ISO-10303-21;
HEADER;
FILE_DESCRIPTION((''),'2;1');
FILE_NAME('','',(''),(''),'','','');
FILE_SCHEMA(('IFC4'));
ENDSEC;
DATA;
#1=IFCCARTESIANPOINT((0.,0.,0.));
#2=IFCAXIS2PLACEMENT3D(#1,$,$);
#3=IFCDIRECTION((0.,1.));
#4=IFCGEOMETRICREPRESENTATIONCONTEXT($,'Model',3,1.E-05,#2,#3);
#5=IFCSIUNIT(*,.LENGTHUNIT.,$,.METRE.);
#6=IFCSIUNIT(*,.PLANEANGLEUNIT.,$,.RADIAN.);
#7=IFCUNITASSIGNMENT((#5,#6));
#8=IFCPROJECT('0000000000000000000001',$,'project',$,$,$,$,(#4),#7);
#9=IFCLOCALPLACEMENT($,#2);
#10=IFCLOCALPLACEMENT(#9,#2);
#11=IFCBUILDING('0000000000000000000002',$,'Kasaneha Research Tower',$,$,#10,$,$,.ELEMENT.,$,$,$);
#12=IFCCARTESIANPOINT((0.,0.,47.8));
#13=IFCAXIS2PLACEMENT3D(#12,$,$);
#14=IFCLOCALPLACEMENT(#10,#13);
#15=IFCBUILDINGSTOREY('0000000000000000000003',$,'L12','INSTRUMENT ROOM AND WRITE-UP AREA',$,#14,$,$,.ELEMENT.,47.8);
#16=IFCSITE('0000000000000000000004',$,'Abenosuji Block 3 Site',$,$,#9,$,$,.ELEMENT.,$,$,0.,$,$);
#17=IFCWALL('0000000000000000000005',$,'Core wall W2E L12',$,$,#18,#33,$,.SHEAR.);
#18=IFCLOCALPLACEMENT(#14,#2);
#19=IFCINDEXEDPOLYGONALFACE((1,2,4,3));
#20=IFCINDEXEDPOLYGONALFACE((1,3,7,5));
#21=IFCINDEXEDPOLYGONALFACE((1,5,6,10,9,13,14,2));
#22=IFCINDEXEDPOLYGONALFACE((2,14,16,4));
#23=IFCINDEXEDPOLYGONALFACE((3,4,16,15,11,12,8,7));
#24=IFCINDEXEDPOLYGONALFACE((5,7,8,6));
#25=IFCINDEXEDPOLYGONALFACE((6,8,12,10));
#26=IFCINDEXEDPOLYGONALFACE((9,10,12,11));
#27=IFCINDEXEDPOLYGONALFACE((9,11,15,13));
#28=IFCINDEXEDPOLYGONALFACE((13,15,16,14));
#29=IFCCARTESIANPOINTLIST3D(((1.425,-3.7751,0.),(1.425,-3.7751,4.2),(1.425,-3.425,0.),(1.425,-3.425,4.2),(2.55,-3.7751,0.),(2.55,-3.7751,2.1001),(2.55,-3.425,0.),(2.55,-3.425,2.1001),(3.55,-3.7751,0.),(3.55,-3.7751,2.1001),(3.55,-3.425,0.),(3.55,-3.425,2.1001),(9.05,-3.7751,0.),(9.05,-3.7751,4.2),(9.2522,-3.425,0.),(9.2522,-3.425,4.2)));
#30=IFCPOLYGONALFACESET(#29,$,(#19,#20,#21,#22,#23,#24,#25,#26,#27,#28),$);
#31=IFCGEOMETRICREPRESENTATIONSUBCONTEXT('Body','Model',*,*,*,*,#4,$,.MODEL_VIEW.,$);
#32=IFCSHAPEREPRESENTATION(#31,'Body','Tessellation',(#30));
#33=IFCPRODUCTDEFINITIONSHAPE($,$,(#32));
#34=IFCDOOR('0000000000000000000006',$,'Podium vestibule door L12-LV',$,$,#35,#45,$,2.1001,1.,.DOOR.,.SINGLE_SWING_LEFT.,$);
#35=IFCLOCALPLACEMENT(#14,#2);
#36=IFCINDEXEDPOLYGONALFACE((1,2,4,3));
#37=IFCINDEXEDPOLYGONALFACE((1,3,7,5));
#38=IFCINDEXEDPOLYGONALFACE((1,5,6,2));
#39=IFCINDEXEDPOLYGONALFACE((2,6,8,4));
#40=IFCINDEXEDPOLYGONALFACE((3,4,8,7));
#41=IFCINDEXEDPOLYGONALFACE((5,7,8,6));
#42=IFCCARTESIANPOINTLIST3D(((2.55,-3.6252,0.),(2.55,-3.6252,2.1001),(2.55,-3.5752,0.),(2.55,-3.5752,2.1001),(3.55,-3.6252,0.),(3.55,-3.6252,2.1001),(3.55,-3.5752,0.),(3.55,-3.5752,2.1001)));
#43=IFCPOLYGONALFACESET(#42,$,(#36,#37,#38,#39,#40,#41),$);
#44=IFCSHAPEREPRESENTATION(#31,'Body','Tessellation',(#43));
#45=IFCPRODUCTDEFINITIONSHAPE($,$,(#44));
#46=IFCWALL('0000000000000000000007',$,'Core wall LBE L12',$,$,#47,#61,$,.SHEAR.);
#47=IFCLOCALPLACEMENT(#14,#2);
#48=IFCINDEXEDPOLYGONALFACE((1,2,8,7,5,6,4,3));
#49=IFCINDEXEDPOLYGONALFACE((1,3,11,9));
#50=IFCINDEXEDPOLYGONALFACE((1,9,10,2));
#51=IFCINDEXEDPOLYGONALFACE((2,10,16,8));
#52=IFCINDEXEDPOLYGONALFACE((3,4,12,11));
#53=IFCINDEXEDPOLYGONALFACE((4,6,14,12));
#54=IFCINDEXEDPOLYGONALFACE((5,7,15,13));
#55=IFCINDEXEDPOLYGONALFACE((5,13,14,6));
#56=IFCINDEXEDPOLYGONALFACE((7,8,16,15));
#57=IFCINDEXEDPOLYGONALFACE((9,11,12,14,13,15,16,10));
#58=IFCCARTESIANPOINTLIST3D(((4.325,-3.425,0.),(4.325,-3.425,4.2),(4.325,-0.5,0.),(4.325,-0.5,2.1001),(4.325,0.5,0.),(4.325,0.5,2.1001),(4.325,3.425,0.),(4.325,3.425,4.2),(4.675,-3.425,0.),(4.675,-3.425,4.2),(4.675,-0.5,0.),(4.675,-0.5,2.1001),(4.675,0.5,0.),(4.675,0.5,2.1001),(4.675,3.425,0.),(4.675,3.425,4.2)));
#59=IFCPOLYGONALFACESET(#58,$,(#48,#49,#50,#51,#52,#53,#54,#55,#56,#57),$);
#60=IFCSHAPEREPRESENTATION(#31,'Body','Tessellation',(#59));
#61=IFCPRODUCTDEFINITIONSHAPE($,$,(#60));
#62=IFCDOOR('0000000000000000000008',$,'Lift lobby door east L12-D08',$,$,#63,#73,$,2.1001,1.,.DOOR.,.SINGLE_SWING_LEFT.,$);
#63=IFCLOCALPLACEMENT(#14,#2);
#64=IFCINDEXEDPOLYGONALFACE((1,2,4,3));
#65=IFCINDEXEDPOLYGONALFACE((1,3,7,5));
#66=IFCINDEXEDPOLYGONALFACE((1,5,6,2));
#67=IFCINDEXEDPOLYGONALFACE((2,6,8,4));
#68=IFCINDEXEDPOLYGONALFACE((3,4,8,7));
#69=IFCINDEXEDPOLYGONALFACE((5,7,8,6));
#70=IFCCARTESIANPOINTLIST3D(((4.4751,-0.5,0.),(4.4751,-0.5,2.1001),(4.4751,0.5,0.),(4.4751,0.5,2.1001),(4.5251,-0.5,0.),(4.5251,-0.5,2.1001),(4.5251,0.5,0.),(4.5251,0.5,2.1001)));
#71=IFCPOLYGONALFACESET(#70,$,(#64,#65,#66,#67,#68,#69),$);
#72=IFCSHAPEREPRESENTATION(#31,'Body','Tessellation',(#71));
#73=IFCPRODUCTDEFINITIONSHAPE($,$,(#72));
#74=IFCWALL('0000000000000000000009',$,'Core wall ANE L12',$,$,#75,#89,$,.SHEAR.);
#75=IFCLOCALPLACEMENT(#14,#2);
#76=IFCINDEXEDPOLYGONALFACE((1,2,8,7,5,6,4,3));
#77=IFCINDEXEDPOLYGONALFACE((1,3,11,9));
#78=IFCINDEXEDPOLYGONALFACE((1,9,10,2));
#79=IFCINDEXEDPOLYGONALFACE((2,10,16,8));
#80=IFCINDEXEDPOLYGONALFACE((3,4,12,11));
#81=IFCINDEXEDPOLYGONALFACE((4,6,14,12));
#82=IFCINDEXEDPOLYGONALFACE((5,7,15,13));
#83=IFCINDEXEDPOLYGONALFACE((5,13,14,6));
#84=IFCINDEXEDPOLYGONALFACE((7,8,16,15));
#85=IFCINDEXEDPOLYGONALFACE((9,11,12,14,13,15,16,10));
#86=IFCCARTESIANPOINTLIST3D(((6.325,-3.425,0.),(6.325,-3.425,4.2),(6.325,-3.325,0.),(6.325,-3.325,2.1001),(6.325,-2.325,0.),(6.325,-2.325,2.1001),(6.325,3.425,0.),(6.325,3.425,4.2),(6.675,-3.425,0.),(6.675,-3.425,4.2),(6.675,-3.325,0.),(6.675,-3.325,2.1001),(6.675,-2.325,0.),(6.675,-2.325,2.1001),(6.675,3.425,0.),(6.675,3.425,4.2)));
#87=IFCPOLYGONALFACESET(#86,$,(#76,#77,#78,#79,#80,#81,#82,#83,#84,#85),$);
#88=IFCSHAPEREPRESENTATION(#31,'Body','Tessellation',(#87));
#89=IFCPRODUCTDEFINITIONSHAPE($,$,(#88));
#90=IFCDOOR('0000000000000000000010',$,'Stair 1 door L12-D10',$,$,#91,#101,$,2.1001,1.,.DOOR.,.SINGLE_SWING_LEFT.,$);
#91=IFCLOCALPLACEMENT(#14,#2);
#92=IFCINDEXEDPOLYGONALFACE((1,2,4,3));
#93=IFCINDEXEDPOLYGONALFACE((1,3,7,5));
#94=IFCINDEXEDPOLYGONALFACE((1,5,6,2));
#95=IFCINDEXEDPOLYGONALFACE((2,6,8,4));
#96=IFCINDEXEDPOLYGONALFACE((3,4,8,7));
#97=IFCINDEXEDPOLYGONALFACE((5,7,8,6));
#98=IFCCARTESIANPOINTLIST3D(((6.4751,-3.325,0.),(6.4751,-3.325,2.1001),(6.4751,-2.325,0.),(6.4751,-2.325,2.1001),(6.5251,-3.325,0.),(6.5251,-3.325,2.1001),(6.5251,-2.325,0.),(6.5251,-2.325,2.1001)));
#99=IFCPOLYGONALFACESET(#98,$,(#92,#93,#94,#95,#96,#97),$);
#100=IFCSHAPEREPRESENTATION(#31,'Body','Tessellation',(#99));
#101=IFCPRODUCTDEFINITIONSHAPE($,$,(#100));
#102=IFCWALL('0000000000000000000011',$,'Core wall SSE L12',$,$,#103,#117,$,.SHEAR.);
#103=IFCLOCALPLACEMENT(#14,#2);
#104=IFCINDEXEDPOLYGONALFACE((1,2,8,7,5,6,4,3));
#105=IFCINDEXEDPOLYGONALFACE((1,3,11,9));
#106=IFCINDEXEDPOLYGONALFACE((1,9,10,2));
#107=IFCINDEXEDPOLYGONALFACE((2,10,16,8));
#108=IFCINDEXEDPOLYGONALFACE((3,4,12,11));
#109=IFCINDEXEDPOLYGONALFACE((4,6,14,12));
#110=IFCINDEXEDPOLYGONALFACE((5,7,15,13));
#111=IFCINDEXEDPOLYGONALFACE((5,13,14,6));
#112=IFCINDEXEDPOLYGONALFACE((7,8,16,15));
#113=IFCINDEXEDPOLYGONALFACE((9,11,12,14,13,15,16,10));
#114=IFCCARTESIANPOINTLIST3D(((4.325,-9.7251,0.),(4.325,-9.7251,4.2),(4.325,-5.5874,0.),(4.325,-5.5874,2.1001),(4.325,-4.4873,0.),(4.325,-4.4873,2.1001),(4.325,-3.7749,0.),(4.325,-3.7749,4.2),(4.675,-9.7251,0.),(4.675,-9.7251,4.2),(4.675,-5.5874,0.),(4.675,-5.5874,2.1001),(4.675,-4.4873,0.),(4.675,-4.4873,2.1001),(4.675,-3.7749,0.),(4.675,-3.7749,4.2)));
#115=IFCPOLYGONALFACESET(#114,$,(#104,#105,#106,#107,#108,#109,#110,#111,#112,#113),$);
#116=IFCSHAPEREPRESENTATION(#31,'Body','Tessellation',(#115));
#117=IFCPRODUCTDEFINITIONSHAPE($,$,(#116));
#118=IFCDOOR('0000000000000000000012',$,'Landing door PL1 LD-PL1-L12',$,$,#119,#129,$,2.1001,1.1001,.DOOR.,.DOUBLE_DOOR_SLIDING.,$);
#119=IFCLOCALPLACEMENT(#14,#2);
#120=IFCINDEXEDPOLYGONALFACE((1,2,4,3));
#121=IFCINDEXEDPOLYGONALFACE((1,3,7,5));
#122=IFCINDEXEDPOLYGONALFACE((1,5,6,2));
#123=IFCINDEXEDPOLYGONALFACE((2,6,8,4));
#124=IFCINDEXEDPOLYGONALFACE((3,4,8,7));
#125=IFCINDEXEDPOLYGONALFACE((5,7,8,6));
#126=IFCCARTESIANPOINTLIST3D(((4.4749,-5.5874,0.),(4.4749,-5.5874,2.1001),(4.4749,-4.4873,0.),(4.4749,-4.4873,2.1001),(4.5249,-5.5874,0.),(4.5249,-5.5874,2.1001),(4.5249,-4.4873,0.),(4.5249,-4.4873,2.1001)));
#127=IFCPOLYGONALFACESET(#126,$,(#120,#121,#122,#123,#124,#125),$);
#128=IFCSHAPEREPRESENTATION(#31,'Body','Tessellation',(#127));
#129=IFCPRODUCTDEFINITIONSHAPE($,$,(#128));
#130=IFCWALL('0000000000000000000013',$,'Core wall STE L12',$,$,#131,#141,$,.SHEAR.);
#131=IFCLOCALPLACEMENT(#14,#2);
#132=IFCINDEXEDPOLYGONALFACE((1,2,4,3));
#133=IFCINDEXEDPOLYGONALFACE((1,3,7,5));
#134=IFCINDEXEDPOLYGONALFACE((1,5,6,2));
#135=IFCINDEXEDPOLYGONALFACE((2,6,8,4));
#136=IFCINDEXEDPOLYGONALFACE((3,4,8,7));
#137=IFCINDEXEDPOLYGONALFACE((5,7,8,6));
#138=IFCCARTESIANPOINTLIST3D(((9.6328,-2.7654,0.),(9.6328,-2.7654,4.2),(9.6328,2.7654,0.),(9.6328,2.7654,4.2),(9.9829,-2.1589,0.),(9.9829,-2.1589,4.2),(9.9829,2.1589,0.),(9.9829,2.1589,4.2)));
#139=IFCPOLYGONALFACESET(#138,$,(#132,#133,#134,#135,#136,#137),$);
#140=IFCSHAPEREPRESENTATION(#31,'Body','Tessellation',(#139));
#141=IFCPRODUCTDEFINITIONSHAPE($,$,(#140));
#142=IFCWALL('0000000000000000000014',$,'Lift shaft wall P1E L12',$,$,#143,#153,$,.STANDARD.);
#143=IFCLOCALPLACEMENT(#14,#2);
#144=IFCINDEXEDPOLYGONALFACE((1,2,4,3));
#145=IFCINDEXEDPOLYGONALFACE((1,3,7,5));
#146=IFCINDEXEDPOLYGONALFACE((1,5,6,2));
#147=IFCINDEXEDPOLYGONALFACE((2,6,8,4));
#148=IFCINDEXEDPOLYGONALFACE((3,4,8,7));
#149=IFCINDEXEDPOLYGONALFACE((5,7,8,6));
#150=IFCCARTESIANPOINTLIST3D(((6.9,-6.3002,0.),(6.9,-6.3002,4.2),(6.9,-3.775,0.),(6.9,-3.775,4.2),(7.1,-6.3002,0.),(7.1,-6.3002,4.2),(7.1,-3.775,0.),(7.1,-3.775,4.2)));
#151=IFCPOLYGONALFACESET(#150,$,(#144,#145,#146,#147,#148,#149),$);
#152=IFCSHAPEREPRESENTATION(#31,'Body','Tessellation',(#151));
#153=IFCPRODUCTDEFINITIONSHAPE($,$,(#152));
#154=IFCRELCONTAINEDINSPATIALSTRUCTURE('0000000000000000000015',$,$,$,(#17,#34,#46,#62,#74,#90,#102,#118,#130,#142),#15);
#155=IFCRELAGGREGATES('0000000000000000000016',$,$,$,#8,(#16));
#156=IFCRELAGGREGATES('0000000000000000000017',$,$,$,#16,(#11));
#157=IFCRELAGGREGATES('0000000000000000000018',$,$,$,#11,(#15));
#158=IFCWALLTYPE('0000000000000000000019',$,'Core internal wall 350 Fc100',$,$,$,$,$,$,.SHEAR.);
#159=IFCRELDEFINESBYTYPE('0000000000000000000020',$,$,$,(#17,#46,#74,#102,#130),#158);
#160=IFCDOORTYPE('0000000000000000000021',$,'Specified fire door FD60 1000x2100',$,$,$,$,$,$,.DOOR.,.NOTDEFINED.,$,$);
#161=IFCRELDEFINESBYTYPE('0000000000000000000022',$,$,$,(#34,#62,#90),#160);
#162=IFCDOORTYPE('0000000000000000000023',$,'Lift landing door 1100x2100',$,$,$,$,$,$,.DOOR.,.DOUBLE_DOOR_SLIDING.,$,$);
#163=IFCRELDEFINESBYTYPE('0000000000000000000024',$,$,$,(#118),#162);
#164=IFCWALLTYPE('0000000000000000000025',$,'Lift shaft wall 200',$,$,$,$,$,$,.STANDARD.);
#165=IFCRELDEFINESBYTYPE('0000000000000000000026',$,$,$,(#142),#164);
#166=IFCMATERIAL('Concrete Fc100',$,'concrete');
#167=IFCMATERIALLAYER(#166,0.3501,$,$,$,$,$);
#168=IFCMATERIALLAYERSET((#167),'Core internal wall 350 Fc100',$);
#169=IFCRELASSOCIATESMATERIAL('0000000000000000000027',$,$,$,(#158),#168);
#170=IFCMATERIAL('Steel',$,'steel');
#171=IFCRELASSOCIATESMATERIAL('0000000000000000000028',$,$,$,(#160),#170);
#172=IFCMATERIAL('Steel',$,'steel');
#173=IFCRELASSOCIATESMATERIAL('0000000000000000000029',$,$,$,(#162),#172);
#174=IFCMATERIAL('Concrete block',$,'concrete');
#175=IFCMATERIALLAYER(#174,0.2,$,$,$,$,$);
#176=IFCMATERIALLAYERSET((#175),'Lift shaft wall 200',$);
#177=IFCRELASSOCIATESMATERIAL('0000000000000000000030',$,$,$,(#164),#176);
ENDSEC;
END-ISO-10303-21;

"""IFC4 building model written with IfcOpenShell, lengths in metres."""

from ifc_helpers import new_model, si_unit, direction, frame, frame_2d, origin, place, context, subcontext, project, spatial, polyline, rectangle, outline, extrude, material, layer, layer_set, type_object, element, fill, save


model = new_model("IFC4")

# Units and contexts
model_context = context("Model", 3, precision=1e-05, world=origin(), true_north=direction((0.0, 1.0)))
body_context = subcontext(model_context, "Body", "Model", "MODEL_VIEW")
ifc_project = project(units=[si_unit("LENGTHUNIT", "METRE"), si_unit("PLANEANGLEUNIT", "RADIAN")], contexts=[model_context])

# Site, building, storey
site_placement = place(None, origin())
site = spatial("IfcSite", under=ifc_project, at=site_placement, Name="Abenosuji Block 3 Site", CompositionType="ELEMENT", RefElevation=0.0)
building_placement = place(site_placement, origin())
building = spatial("IfcBuilding", under=site, at=building_placement, Name="Kasaneha Research Tower", CompositionType="ELEMENT")
storey_placement = place(building_placement, frame((0.0, 0.0, 47.8)))
storey = spatial("IfcBuildingStorey", under=building, at=storey_placement, Name="L12", Description="INSTRUMENT ROOM AND WRITE-UP AREA", CompositionType="ELEMENT", Elevation=47.8)

# Walls, openings, doors
ifc_material_1 = material(Name="Concrete Fc100", Category="concrete")
ifc_layer_1 = layer(ifc_material_1, 0.3501)
ifc_layer_set_1 = layer_set([ifc_layer_1], Name="Core internal wall 350 Fc100")
wall_type_1 = type_object("IfcWallType", Name="Core internal wall 350 Fc100", PredefinedType="SHEAR", material=ifc_layer_set_1)
wall_1_placement = place(storey_placement, frame((1.425, -3.6001, 0.0), z_axis=(0.0, 0.0, 1.0), x_axis=(1.0, 0.0, 0.0)))
wall_1 = element("IfcWall", 1, at=wall_1_placement, inside=storey, type_object=wall_type_1, Name="Core wall W2E L12", PredefinedType="SHEAR", context=body_context, shape_type="SweptSolid", body=[
    extrude(outline(polyline([(0.0, -0.175), (1.125, -0.175), (2.125, -0.175), (7.625, -0.175), (7.8271, 0.175), (2.125, 0.175), (1.125, 0.175), (0.0, 0.175), (0.0, -0.175)])), origin(), (0.0, 0.0, 1.0), 4.2),
])
opening_1_placement = place(wall_1_placement, frame((1.125, 0.0, 0.0)))
opening_1 = element("IfcOpeningElement", 2, at=opening_1_placement, cuts=wall_1, PredefinedType="OPENING", context=body_context, shape_type="SweptSolid", body=[
    extrude(rectangle(XDim=1.0, YDim=2.1001, at=frame_2d((0.5, 1.05))), frame((0.0, 0.1851, 0.0), z_axis=(0.0, -1.0, 0.0), x_axis=(1.0, 0.0, 0.0)), (0.0, 0.0, 1.0), 0.3701),
])
ifc_material_2 = material(Name="Steel", Category="steel")
door_type_1 = type_object("IfcDoorType", Name="Specified fire door FD60 1000x2100", OperationType="NOTDEFINED", PredefinedType="DOOR", material=ifc_material_2)
door_1_placement = place(opening_1_placement, origin())
door_1 = element("IfcDoor", 3, at=door_1_placement, inside=storey, type_object=door_type_1, Name="Podium vestibule door L12-LV", OperationType="SINGLE_SWING_LEFT", OverallHeight=2.1001, OverallWidth=1.0, PredefinedType="DOOR", context=body_context, shape_type="SweptSolid", body=[
    extrude(rectangle(XDim=1.0, YDim=2.1001, at=frame_2d((0.5, 1.05))), frame((0.0, 0.0249, 0.0), z_axis=(0.0, -1.0, 0.0), x_axis=(1.0, 0.0, 0.0)), (0.0, 0.0, 1.0), 0.05),
])
fill(opening_1, door_1)
wall_2_placement = place(storey_placement, frame((4.5, -3.425, 0.0), z_axis=(0.0, 0.0, 1.0), x_axis=(0.0, 1.0, 0.0)))
wall_2 = element("IfcWall", 4, at=wall_2_placement, inside=storey, type_object=wall_type_1, Name="Core wall LBE L12", PredefinedType="SHEAR", context=body_context, shape_type="SweptSolid", body=[
    extrude(rectangle(XDim=6.8501, YDim=0.3501, at=frame_2d((3.425, 0.0))), origin(), (0.0, 0.0, 1.0), 4.2),
])
opening_2_placement = place(wall_2_placement, frame((2.925, 0.0, 0.0)))
opening_2 = element("IfcOpeningElement", 5, at=opening_2_placement, cuts=wall_2, PredefinedType="OPENING", context=body_context, shape_type="SweptSolid", body=[
    extrude(rectangle(XDim=1.0, YDim=2.1001, at=frame_2d((0.5, 1.05))), frame((0.0, 0.1851, 0.0), z_axis=(0.0, -1.0, 0.0), x_axis=(1.0, 0.0, 0.0)), (0.0, 0.0, 1.0), 0.3701),
])
door_2_placement = place(opening_2_placement, origin())
door_2 = element("IfcDoor", 6, at=door_2_placement, inside=storey, type_object=door_type_1, Name="Lift lobby door east L12-D08", OperationType="SINGLE_SWING_LEFT", OverallHeight=2.1001, OverallWidth=1.0, PredefinedType="DOOR", context=body_context, shape_type="SweptSolid", body=[
    extrude(rectangle(XDim=1.0, YDim=2.1001, at=frame_2d((0.5, 1.05))), frame((0.0, 0.0249, 0.0), z_axis=(0.0, -1.0, 0.0), x_axis=(1.0, 0.0, 0.0)), (0.0, 0.0, 1.0), 0.05),
])
fill(opening_2, door_2)
wall_3_placement = place(storey_placement, frame((6.5, -3.425, 0.0), z_axis=(0.0, 0.0, 1.0), x_axis=(0.0, 1.0, 0.0)))
wall_3 = element("IfcWall", 7, at=wall_3_placement, inside=storey, type_object=wall_type_1, Name="Core wall ANE L12", PredefinedType="SHEAR", context=body_context, shape_type="SweptSolid", body=[
    extrude(rectangle(XDim=6.8501, YDim=0.3501, at=frame_2d((3.425, 0.0))), origin(), (0.0, 0.0, 1.0), 4.2),
])
opening_3_placement = place(wall_3_placement, frame((0.1001, 0.0, 0.0)))
opening_3 = element("IfcOpeningElement", 8, at=opening_3_placement, cuts=wall_3, PredefinedType="OPENING", context=body_context, shape_type="SweptSolid", body=[
    extrude(rectangle(XDim=1.0, YDim=2.1001, at=frame_2d((0.5, 1.05))), frame((0.0, 0.1851, 0.0), z_axis=(0.0, -1.0, 0.0), x_axis=(1.0, 0.0, 0.0)), (0.0, 0.0, 1.0), 0.3701),
])
door_3_placement = place(opening_3_placement, origin())
door_3 = element("IfcDoor", 9, at=door_3_placement, inside=storey, type_object=door_type_1, Name="Stair 1 door L12-D10", OperationType="SINGLE_SWING_LEFT", OverallHeight=2.1001, OverallWidth=1.0, PredefinedType="DOOR", context=body_context, shape_type="SweptSolid", body=[
    extrude(rectangle(XDim=1.0, YDim=2.1001, at=frame_2d((0.5, 1.05))), frame((0.0, 0.0249, 0.0), z_axis=(0.0, -1.0, 0.0), x_axis=(1.0, 0.0, 0.0)), (0.0, 0.0, 1.0), 0.05),
])
fill(opening_3, door_3)
wall_4_placement = place(storey_placement, frame((4.5, -3.7749, 0.0), z_axis=(0.0, 0.0, 1.0), x_axis=(0.0, -1.0, 0.0)))
wall_4 = element("IfcWall", 10, at=wall_4_placement, inside=storey, type_object=wall_type_1, Name="Core wall SSE L12", PredefinedType="SHEAR", context=body_context, shape_type="SweptSolid", body=[
    extrude(rectangle(XDim=5.9502, YDim=0.3501, at=frame_2d((2.9751, 0.0))), origin(), (0.0, 0.0, 1.0), 4.2),
])
opening_4_placement = place(wall_4_placement, frame((0.7124, 0.0, 0.0)))
opening_4 = element("IfcOpeningElement", 11, at=opening_4_placement, cuts=wall_4, PredefinedType="OPENING", context=body_context, shape_type="SweptSolid", body=[
    extrude(rectangle(XDim=1.1001, YDim=2.1001, at=frame_2d((0.55, 1.05))), frame((0.0, 0.1851, 0.0), z_axis=(0.0, -1.0, 0.0), x_axis=(1.0, 0.0, 0.0)), (0.0, 0.0, 1.0), 0.3701),
])
ifc_material_3 = material(Name="Steel", Category="steel")
door_type_2 = type_object("IfcDoorType", Name="Lift landing door 1100x2100", OperationType="DOUBLE_DOOR_SLIDING", PredefinedType="DOOR", material=ifc_material_3)
door_4_placement = place(opening_4_placement, origin())
door_4 = element("IfcDoor", 12, at=door_4_placement, inside=storey, type_object=door_type_2, Name="Landing door PL1 LD-PL1-L12", OperationType="DOUBLE_DOOR_SLIDING", OverallHeight=2.1001, OverallWidth=1.1001, PredefinedType="DOOR", context=body_context, shape_type="SweptSolid", body=[
    extrude(rectangle(XDim=1.1001, YDim=2.1001, at=frame_2d((0.55, 1.05))), frame((0.0, 0.0249, 0.0), z_axis=(0.0, -1.0, 0.0), x_axis=(1.0, 0.0, 0.0)), (0.0, 0.0, 1.0), 0.05),
])
fill(opening_4, door_4)

# Walls
wall_5_placement = place(storey_placement, frame((9.8079, -2.4622, 0.0), z_axis=(0.0, 0.0, 1.0), x_axis=(0.0, 1.0, 0.0)))
element("IfcWall", 13, at=wall_5_placement, inside=storey, type_object=wall_type_1, Name="Core wall STE L12", PredefinedType="SHEAR", context=body_context, shape_type="SweptSolid", body=[
    extrude(outline(polyline([(0.3032, -0.175), (4.6211, -0.175), (5.2275, 0.175), (-0.3032, 0.175), (0.3032, -0.175)])), origin(), (0.0, 0.0, 1.0), 4.2),
])
ifc_material_4 = material(Name="Concrete block", Category="concrete")
ifc_layer_2 = layer(ifc_material_4, 0.2)
ifc_layer_set_2 = layer_set([ifc_layer_2], Name="Lift shaft wall 200")
wall_type_2 = type_object("IfcWallType", Name="Lift shaft wall 200", PredefinedType="STANDARD", material=ifc_layer_set_2)
wall_6_placement = place(storey_placement, frame((7.0, -3.7749, 0.0), z_axis=(0.0, 0.0, 1.0), x_axis=(0.0, -1.0, 0.0)))
element("IfcWall", 14, at=wall_6_placement, inside=storey, type_object=wall_type_2, Name="Lift shaft wall P1E L12", PredefinedType="STANDARD", context=body_context, shape_type="SweptSolid", body=[
    extrude(rectangle(XDim=2.5251, YDim=0.2, at=frame_2d((1.2627, 0.0))), origin(), (0.0, 0.0, 1.0), 4.2),
])

save(model, "model.ifc")
